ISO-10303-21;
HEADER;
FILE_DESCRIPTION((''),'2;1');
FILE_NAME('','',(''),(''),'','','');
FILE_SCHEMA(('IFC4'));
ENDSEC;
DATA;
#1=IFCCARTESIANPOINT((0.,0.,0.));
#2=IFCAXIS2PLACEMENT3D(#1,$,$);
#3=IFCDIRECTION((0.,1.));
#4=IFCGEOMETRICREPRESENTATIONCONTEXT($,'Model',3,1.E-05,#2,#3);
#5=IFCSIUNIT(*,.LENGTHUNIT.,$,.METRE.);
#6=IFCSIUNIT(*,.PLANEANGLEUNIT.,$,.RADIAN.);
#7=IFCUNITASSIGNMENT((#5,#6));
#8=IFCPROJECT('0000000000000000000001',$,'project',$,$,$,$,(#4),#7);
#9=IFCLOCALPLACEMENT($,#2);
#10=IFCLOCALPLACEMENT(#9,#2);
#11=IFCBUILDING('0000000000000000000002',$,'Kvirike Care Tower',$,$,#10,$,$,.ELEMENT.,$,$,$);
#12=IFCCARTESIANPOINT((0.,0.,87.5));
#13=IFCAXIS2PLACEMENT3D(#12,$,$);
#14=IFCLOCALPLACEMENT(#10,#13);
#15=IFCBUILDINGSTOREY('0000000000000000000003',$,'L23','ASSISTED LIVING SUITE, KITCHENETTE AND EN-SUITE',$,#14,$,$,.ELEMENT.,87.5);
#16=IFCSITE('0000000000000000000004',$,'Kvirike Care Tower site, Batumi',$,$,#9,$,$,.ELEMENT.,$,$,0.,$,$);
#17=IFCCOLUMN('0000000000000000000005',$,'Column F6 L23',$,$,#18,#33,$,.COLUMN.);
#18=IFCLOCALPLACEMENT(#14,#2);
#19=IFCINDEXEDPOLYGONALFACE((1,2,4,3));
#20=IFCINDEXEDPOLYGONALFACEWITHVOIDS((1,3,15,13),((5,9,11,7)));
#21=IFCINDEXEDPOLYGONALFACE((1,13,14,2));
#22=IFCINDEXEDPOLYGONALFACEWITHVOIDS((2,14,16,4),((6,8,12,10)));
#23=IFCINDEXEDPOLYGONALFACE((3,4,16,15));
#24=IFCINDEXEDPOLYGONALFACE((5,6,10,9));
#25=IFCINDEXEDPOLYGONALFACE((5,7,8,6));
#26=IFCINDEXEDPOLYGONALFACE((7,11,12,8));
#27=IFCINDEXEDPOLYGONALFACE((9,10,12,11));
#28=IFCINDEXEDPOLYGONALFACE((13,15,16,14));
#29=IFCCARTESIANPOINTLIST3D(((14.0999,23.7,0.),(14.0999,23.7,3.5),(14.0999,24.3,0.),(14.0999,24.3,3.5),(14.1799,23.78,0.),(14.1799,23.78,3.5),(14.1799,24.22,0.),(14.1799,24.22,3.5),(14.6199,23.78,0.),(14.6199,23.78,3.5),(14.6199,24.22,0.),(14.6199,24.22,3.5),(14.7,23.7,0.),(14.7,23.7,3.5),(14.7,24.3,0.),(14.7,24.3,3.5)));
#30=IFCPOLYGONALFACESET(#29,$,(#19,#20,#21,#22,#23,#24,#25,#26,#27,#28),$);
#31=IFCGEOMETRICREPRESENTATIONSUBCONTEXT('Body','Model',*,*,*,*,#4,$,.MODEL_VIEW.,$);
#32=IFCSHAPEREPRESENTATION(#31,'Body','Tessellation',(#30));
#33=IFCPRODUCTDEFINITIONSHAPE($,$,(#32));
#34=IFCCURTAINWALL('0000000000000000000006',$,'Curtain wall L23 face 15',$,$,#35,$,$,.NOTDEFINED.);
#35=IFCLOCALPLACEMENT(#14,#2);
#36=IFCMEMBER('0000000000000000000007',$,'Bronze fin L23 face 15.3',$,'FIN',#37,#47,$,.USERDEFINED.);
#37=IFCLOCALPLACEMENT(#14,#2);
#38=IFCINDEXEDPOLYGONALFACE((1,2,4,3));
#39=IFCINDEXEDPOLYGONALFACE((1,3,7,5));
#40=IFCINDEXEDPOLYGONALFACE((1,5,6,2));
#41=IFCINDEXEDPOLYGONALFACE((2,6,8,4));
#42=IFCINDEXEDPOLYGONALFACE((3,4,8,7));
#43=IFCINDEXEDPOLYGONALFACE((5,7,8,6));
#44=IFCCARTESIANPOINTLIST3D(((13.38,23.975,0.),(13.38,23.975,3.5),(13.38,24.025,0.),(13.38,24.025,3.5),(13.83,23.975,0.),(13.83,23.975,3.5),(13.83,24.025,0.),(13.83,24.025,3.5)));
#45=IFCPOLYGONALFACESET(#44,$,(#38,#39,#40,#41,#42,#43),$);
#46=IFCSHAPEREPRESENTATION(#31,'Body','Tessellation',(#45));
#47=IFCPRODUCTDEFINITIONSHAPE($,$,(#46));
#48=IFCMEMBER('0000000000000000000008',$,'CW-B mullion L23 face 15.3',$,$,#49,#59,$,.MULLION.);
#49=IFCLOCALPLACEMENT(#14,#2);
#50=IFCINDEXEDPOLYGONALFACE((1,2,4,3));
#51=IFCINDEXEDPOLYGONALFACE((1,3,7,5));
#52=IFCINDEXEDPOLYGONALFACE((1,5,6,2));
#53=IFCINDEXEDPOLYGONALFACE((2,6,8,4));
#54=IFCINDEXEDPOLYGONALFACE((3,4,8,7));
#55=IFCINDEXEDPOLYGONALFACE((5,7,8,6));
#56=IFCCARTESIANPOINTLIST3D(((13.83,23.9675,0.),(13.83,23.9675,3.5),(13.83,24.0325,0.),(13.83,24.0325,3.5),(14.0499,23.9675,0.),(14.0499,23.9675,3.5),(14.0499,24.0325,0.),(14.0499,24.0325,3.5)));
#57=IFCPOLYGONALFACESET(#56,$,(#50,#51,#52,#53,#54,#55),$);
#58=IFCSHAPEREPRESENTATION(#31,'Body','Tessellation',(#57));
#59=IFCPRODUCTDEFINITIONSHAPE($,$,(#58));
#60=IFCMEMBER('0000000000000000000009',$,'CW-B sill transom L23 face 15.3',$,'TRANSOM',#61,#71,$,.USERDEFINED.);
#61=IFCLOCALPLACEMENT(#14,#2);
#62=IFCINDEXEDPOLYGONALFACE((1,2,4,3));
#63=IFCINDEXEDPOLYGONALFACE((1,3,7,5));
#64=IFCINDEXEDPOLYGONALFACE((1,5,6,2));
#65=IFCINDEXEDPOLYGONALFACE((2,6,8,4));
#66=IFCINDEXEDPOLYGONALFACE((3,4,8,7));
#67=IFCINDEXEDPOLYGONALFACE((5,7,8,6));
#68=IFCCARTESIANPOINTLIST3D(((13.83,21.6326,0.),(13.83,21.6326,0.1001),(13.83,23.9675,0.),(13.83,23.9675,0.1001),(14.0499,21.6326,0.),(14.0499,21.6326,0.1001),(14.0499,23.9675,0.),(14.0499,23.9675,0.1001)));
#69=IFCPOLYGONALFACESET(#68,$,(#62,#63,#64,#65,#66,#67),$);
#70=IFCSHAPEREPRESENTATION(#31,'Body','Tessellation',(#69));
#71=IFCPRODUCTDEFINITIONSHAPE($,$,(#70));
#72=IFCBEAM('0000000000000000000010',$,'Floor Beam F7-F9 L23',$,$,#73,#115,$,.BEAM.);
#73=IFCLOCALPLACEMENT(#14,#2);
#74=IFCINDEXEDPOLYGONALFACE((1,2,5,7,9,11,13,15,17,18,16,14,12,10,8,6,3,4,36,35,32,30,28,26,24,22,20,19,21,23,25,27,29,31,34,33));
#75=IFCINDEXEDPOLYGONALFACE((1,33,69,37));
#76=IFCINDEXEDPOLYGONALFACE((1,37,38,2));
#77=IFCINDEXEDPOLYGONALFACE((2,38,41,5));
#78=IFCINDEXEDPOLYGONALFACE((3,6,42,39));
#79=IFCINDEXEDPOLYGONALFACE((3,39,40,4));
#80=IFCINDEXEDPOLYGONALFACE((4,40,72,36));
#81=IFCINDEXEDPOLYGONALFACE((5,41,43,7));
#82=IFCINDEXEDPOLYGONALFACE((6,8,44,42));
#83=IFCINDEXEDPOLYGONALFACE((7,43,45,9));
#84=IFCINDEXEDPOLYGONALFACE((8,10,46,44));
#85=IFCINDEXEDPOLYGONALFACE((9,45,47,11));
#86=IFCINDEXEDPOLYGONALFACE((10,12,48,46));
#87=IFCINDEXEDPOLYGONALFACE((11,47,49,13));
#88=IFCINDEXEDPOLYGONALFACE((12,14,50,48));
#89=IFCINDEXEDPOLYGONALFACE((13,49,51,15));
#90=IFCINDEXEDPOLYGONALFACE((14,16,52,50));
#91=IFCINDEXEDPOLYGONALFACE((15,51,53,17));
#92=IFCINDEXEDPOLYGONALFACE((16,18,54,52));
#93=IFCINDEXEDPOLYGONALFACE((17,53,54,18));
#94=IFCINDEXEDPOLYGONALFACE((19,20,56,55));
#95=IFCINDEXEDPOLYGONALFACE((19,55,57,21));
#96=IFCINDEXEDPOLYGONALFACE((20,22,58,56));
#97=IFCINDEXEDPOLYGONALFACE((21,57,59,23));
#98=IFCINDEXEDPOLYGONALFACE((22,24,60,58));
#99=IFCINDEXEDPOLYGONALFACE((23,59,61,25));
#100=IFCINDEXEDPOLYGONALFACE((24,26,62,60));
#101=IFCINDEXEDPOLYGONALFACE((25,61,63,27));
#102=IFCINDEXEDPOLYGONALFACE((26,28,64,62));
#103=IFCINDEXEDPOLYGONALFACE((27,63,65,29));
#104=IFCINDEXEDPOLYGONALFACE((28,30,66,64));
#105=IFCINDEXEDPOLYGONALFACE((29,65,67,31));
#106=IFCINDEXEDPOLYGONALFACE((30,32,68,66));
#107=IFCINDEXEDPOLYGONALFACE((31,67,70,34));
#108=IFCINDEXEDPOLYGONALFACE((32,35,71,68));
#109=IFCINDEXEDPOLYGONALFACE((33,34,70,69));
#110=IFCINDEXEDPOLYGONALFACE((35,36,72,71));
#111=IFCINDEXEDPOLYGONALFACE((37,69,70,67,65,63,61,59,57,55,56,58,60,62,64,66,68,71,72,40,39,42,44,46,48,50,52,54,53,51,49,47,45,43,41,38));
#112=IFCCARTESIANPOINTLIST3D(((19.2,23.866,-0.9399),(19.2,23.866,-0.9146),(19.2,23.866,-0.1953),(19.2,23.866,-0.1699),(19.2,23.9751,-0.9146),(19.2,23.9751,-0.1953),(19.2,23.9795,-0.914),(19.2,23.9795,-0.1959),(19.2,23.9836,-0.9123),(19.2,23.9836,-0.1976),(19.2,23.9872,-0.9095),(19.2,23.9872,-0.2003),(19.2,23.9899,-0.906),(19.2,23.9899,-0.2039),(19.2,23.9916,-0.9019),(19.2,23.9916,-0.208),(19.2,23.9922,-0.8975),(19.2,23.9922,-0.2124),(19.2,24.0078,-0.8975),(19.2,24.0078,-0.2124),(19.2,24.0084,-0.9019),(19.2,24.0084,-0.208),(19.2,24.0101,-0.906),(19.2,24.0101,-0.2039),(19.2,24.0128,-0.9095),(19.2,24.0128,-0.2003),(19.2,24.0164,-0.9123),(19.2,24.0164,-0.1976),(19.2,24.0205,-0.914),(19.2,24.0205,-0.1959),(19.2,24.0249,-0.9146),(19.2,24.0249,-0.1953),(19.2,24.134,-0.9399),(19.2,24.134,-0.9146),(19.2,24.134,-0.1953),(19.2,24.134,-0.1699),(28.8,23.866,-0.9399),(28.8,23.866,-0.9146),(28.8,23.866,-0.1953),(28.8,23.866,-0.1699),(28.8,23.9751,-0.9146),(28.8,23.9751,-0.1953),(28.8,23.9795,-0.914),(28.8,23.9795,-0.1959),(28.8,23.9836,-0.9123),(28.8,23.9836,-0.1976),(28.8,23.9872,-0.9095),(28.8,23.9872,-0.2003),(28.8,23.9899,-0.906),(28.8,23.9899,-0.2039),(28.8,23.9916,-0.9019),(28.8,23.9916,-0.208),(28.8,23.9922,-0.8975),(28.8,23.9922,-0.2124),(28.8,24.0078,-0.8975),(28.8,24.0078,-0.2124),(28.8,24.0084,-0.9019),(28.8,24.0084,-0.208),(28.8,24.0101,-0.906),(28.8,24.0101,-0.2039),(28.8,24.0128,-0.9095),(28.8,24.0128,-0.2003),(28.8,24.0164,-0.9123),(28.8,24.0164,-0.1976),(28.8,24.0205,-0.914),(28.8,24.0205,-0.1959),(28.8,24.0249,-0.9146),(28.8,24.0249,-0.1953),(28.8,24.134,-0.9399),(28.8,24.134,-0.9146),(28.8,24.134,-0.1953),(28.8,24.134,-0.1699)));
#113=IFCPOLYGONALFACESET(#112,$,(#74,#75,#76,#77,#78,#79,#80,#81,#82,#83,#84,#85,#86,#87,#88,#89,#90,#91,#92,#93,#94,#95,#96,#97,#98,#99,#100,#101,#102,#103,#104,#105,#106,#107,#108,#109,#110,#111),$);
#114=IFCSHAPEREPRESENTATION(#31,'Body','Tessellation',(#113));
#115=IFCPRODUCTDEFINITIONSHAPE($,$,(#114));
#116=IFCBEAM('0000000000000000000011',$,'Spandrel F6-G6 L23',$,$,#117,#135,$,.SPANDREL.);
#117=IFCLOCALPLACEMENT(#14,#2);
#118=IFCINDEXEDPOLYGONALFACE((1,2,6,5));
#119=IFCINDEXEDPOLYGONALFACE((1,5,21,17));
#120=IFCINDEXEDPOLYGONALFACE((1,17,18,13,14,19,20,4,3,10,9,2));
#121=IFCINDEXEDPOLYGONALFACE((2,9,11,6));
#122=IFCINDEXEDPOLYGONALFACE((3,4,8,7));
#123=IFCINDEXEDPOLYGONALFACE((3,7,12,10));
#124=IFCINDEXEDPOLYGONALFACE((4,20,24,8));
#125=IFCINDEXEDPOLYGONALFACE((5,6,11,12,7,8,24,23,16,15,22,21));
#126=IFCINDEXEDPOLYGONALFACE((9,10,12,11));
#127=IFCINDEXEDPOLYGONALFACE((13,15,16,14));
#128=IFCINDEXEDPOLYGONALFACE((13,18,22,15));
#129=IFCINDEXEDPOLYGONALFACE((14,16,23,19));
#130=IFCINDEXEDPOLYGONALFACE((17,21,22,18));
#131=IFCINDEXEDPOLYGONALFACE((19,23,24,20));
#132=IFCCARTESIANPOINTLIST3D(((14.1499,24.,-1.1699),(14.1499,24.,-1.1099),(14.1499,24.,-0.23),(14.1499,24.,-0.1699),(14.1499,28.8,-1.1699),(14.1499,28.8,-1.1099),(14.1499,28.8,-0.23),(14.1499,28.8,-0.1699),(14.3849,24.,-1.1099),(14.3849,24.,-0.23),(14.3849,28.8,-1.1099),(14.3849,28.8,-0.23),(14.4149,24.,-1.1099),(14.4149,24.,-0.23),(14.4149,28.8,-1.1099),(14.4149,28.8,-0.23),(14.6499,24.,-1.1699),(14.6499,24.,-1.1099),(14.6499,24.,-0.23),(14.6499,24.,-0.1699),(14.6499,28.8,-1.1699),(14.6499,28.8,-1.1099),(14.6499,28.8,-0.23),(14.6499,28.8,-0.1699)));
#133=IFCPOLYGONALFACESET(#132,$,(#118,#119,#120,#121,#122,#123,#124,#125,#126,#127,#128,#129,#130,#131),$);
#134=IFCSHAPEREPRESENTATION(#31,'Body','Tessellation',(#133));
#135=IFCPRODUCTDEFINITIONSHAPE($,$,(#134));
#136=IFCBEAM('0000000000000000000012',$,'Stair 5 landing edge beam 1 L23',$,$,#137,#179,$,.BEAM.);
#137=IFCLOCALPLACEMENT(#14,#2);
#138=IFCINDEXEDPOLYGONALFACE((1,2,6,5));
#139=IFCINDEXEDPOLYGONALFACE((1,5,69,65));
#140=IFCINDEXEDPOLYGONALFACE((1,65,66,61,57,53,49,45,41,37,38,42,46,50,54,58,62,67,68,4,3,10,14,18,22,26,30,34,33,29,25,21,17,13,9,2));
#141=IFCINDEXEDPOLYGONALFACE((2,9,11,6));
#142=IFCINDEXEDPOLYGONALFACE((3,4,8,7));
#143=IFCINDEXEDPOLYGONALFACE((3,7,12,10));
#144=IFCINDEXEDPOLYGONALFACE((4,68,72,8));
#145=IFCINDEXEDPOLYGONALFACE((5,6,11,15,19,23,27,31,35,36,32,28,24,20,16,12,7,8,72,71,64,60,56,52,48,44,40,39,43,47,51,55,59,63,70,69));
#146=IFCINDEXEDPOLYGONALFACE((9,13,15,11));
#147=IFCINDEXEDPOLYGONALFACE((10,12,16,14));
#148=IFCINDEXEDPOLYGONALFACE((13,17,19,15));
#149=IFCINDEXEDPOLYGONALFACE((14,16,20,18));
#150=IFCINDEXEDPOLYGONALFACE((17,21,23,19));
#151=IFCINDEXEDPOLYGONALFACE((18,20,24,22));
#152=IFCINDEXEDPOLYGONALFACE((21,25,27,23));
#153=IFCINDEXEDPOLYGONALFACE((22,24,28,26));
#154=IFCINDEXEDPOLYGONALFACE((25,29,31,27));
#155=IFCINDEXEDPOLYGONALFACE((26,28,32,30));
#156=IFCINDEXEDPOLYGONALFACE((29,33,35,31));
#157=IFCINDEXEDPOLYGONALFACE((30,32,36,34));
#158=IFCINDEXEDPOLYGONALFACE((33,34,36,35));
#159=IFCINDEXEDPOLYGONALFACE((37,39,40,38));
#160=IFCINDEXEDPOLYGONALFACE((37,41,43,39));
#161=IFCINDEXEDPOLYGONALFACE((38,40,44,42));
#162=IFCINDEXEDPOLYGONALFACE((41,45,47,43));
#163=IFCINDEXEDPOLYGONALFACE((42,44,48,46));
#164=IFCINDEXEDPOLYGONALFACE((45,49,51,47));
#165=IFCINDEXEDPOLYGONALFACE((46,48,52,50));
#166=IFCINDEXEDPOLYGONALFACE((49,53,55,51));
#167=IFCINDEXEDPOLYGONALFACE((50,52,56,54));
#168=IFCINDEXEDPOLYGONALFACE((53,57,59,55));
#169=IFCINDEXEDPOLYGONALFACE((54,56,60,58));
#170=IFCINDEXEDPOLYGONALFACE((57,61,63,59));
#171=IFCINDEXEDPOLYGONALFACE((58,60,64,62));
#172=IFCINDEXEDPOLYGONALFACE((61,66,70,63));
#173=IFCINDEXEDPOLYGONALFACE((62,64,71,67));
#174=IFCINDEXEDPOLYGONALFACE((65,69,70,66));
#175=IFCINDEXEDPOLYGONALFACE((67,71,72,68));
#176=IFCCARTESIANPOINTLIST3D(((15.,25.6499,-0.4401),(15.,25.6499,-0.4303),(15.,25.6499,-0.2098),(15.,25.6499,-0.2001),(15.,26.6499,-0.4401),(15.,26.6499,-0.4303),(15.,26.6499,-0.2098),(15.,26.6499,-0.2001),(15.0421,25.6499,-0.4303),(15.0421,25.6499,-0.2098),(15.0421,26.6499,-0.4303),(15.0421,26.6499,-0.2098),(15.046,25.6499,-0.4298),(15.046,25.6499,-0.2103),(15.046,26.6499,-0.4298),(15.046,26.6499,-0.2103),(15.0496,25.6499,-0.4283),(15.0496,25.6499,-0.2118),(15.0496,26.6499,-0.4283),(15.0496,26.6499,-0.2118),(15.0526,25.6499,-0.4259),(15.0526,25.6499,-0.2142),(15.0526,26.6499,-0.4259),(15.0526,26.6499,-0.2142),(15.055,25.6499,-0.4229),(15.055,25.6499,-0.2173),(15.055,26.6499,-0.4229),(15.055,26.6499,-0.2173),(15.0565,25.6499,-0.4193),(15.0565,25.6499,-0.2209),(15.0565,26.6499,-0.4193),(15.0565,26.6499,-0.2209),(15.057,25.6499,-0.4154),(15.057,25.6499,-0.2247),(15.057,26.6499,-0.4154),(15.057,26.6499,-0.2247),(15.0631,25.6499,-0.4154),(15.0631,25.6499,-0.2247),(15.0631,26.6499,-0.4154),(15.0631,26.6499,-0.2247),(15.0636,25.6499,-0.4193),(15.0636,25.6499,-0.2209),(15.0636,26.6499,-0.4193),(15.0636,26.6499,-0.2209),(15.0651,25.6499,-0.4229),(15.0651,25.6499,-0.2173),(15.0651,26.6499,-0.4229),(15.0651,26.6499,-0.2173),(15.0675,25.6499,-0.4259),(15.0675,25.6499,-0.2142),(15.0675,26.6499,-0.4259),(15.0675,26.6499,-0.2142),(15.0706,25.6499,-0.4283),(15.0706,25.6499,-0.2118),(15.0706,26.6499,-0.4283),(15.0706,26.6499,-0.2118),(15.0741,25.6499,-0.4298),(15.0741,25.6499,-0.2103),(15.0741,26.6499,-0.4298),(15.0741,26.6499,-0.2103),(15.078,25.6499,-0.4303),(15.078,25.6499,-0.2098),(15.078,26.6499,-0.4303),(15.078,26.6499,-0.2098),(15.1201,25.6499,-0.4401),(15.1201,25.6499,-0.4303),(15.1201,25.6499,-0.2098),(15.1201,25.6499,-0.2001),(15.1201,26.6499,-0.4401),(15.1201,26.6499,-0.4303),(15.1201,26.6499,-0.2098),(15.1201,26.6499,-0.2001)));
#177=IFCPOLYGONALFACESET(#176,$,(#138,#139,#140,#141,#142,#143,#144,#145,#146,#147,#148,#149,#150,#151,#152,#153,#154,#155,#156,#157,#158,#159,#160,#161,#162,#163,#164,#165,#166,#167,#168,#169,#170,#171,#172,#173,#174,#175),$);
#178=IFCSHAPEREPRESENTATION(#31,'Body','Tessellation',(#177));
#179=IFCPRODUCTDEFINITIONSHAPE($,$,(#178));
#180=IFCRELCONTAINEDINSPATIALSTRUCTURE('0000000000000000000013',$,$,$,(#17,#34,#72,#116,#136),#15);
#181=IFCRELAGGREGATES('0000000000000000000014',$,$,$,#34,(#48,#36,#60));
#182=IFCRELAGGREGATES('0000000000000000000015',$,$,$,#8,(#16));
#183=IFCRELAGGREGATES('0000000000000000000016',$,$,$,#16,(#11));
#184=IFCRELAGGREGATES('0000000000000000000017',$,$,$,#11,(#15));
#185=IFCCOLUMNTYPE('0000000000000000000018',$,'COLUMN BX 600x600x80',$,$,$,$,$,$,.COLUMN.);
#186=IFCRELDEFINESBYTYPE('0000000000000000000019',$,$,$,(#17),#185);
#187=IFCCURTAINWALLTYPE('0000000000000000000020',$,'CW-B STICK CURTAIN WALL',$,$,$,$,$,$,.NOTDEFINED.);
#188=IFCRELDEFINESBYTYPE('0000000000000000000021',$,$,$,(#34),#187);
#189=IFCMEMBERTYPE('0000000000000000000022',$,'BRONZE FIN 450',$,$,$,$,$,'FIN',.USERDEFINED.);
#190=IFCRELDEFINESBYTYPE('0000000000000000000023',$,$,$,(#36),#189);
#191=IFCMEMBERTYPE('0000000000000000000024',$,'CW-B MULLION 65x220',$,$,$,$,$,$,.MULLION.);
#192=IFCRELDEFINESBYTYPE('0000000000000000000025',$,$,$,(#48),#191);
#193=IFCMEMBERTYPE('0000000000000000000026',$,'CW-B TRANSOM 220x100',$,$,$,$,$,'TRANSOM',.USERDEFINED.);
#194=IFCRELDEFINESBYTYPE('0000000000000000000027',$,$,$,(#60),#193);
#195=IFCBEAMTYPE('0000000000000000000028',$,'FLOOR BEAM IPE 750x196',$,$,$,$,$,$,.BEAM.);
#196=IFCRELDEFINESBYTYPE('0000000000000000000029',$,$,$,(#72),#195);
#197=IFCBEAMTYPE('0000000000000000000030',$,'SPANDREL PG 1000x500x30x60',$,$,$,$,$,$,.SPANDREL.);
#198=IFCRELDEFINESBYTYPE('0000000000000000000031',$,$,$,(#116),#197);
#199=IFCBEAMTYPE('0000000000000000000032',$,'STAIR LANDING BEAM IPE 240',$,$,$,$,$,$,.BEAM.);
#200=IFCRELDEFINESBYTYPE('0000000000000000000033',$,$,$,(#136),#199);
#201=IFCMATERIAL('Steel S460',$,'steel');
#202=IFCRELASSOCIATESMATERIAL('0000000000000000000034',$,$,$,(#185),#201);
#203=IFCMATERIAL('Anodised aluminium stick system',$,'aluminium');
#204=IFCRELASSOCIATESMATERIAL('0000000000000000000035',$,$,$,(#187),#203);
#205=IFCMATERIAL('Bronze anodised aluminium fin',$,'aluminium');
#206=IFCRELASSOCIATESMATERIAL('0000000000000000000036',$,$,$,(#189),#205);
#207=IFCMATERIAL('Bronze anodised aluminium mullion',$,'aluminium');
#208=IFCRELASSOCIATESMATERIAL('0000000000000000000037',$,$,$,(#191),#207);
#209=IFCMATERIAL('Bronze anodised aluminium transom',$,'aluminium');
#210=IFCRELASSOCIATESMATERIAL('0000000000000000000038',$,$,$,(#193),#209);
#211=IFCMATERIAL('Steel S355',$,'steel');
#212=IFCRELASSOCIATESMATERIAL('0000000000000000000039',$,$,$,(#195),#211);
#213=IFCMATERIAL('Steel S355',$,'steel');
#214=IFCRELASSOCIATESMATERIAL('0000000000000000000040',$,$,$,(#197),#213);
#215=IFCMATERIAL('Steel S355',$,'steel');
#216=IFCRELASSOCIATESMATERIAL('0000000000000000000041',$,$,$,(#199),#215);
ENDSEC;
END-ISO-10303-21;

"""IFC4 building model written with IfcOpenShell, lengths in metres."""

from ifc_helpers import new_model, si_unit, direction, frame, origin, origin_2d, place, context, subcontext, project, spatial, rectangle, hollow_rectangle, i_section, extrude, material, material_profile, profile_set, type_object, element, aggregate, save


model = new_model("IFC4")

# Units and contexts
model_context = context("Model", 3, precision=1e-05, world=origin(), true_north=direction((0.0, 1.0)))
body_context = subcontext(model_context, "Body", "Model", "MODEL_VIEW")
ifc_project = project(units=[si_unit("LENGTHUNIT", "METRE"), si_unit("PLANEANGLEUNIT", "RADIAN")], contexts=[model_context])

# Site, building, storey
site_placement = place(None, origin())
site = spatial("IfcSite", under=ifc_project, at=site_placement, Name="Kvirike Care Tower site, Batumi", CompositionType="ELEMENT", RefElevation=0.0)
building_placement = place(site_placement, origin())
building = spatial("IfcBuilding", under=site, at=building_placement, Name="Kvirike Care Tower", CompositionType="ELEMENT")
storey_placement = place(building_placement, frame((0.0, 0.0, 87.5)))
storey = spatial("IfcBuildingStorey", under=building, at=storey_placement, Name="L23", Description="ASSISTED LIVING SUITE, KITCHENETTE AND EN-SUITE", CompositionType="ELEMENT", Elevation=87.5)

# Column
ifc_material_1 = material(Name="Steel S460", Category="steel")
ifc_material_profile_1 = material_profile(ifc_material_1, hollow_rectangle(XDim=0.6001, YDim=0.6001, WallThickness=0.0801, at=origin_2d()), Name="BX 600x600x80")
ifc_profile_set_1 = profile_set([ifc_material_profile_1], Name="Steel S460")
column_type = type_object("IfcColumnType", Name="COLUMN BX 600x600x80", PredefinedType="COLUMN", material=ifc_profile_set_1)
column_placement = place(storey_placement, frame((14.3999, 24.0, 0.0), z_axis=(0.0, 0.0, 1.0), x_axis=(1.0, 0.0, 0.0)))
element("IfcColumn", 1, at=column_placement, inside=storey, type_object=column_type, Name="Column F6 L23", PredefinedType="COLUMN", context=body_context, shape_type="SweptSolid", body=[
    extrude(hollow_rectangle(XDim=0.6001, YDim=0.6001, WallThickness=0.0801, at=origin_2d()), origin(), (0.0, 0.0, 1.0), 3.5),
])

# Curtain wall, members
ifc_material_2 = material(Name="Anodised aluminium stick system", Category="aluminium")
curtain_wall_type = type_object("IfcCurtainWallType", Name="CW-B STICK CURTAIN WALL", PredefinedType="NOTDEFINED", material=ifc_material_2)
curtain_wall_placement = place(storey_placement, origin())
curtain_wall = element("IfcCurtainWall", 2, at=curtain_wall_placement, inside=storey, type_object=curtain_wall_type, Name="Curtain wall L23 face 15", PredefinedType="NOTDEFINED")
ifc_material_3 = material(Name="Bronze anodised aluminium fin", Category="aluminium")
ifc_material_profile_2 = material_profile(ifc_material_3, rectangle(XDim=0.05, YDim=0.45, at=origin_2d()), Name="BRONZE FIN 450")
ifc_profile_set_2 = profile_set([ifc_material_profile_2], Name="Bronze anodised aluminium fin")
member_type_1 = type_object("IfcMemberType", Name="BRONZE FIN 450", ElementType="FIN", PredefinedType="USERDEFINED", material=ifc_profile_set_2)
member_1_placement = place(storey_placement, frame((13.605, 24.0, 0.0), z_axis=(0.0, 0.0, 1.0), x_axis=(0.0, -1.0, 0.0)))
member_1 = element("IfcMember", 3, at=member_1_placement, type_object=member_type_1, Name="Bronze fin L23 face 15.3", ObjectType="FIN", PredefinedType="USERDEFINED", context=body_context, shape_type="SweptSolid", body=[
    extrude(rectangle(XDim=0.05, YDim=0.45, at=origin_2d()), origin(), (0.0, 0.0, 1.0), 3.5),
])
ifc_material_4 = material(Name="Bronze anodised aluminium mullion", Category="aluminium")
ifc_material_profile_3 = material_profile(ifc_material_4, rectangle(XDim=0.0649, YDim=0.22, at=origin_2d()), Name="CW-B MULLION 65x220")
ifc_profile_set_3 = profile_set([ifc_material_profile_3], Name="Bronze anodised aluminium mullion")
member_type_2 = type_object("IfcMemberType", Name="CW-B MULLION 65x220", PredefinedType="MULLION", material=ifc_profile_set_3)
member_2_placement = place(storey_placement, frame((13.9399, 24.0, 0.0), z_axis=(0.0, 0.0, 1.0), x_axis=(0.0, -1.0, 0.0)))
member_2 = element("IfcMember", 4, at=member_2_placement, type_object=member_type_2, Name="CW-B mullion L23 face 15.3", PredefinedType="MULLION", context=body_context, shape_type="SweptSolid", body=[
    extrude(rectangle(XDim=0.0649, YDim=0.22, at=origin_2d()), origin(), (0.0, 0.0, 1.0), 3.5),
])
ifc_material_5 = material(Name="Bronze anodised aluminium transom", Category="aluminium")
ifc_material_profile_4 = material_profile(ifc_material_5, rectangle(XDim=0.22, YDim=0.1001, at=origin_2d()), Name="CW-B TRANSOM 220x100")
ifc_profile_set_4 = profile_set([ifc_material_profile_4], Name="Bronze anodised aluminium transom")
member_type_3 = type_object("IfcMemberType", Name="CW-B TRANSOM 220x100", ElementType="TRANSOM", PredefinedType="USERDEFINED", material=ifc_profile_set_4)
member_3_placement = place(storey_placement, frame((13.9399, 23.9675, 0.05), z_axis=(0.0, -1.0, 0.0), x_axis=(1.0, 0.0, 0.0)))
member_3 = element("IfcMember", 5, at=member_3_placement, type_object=member_type_3, Name="CW-B sill transom L23 face 15.3", ObjectType="TRANSOM", PredefinedType="USERDEFINED", context=body_context, shape_type="SweptSolid", body=[
    extrude(rectangle(XDim=0.22, YDim=0.1001, at=origin_2d()), origin(), (0.0, 0.0, 1.0), 2.335),
])

# Beams
ifc_material_6 = material(Name="Steel S355", Category="steel")
ifc_material_profile_5 = material_profile(ifc_material_6, i_section(OverallWidth=0.2681, OverallDepth=0.77, WebThickness=0.0156, FlangeThickness=0.0254, FilletRadius=0.0171, at=origin_2d()), Name="IPE 750x196")
ifc_profile_set_5 = profile_set([ifc_material_profile_5], Name="Steel S355")
beam_type_1 = type_object("IfcBeamType", Name="FLOOR BEAM IPE 750x196", PredefinedType="BEAM", material=ifc_profile_set_5)
beam_1_placement = place(storey_placement, frame((19.2, 24.0, -0.5549), z_axis=(1.0, 0.0, 0.0), x_axis=(0.0, 1.0, 0.0)))
element("IfcBeam", 6, at=beam_1_placement, inside=storey, type_object=beam_type_1, Name="Floor Beam F7-F9 L23", PredefinedType="BEAM", context=body_context, shape_type="SweptSolid", body=[
    extrude(i_section(OverallWidth=0.2681, OverallDepth=0.77, WebThickness=0.0156, FlangeThickness=0.0254, FilletRadius=0.0171, at=origin_2d()), origin(), (0.0, 0.0, 1.0), 9.6001),
])
ifc_material_7 = material(Name="Steel S355", Category="steel")
ifc_material_profile_6 = material_profile(ifc_material_7, i_section(OverallWidth=0.5, OverallDepth=1.0, WebThickness=0.03, FlangeThickness=0.0601, at=origin_2d()), Name="PG 1000x500x30x60")
ifc_profile_set_6 = profile_set([ifc_material_profile_6], Name="Steel S355")
beam_type_2 = type_object("IfcBeamType", Name="SPANDREL PG 1000x500x30x60", PredefinedType="SPANDREL", material=ifc_profile_set_6)
beam_2_placement = place(storey_placement, frame((14.3999, 24.0, -0.6699), z_axis=(0.0, 1.0, 0.0), x_axis=(-1.0, 0.0, 0.0)))
element("IfcBeam", 7, at=beam_2_placement, inside=storey, type_object=beam_type_2, Name="Spandrel F6-G6 L23", PredefinedType="SPANDREL", context=body_context, shape_type="SweptSolid", body=[
    extrude(i_section(OverallWidth=0.5, OverallDepth=1.0, WebThickness=0.03, FlangeThickness=0.0601, at=origin_2d()), origin(), (0.0, 0.0, 1.0), 4.8),
])
ifc_material_8 = material(Name="Steel S355", Category="steel")
ifc_material_profile_7 = material_profile(ifc_material_8, i_section(OverallWidth=0.1201, OverallDepth=0.24, WebThickness=0.0061, FlangeThickness=0.0098, FilletRadius=0.0149, at=origin_2d()), Name="IPE 240")
ifc_profile_set_7 = profile_set([ifc_material_profile_7], Name="Steel S355")
beam_type_3 = type_object("IfcBeamType", Name="STAIR LANDING BEAM IPE 240", PredefinedType="BEAM", material=ifc_profile_set_7)
beam_3_placement = place(storey_placement, frame((15.0601, 25.6499, -0.3201), z_axis=(0.0, 1.0, 0.0), x_axis=(-1.0, 0.0, 0.0)))
element("IfcBeam", 8, at=beam_3_placement, inside=storey, type_object=beam_type_3, Name="Stair 5 landing edge beam 1 L23", PredefinedType="BEAM", context=body_context, shape_type="SweptSolid", body=[
    extrude(i_section(OverallWidth=0.1201, OverallDepth=0.24, WebThickness=0.0061, FlangeThickness=0.0098, FilletRadius=0.0149, at=origin_2d()), origin(), (0.0, 0.0, 1.0), 1.0),
])

aggregate(curtain_wall, [member_2, member_1, member_3])

save(model, "model.ifc")
